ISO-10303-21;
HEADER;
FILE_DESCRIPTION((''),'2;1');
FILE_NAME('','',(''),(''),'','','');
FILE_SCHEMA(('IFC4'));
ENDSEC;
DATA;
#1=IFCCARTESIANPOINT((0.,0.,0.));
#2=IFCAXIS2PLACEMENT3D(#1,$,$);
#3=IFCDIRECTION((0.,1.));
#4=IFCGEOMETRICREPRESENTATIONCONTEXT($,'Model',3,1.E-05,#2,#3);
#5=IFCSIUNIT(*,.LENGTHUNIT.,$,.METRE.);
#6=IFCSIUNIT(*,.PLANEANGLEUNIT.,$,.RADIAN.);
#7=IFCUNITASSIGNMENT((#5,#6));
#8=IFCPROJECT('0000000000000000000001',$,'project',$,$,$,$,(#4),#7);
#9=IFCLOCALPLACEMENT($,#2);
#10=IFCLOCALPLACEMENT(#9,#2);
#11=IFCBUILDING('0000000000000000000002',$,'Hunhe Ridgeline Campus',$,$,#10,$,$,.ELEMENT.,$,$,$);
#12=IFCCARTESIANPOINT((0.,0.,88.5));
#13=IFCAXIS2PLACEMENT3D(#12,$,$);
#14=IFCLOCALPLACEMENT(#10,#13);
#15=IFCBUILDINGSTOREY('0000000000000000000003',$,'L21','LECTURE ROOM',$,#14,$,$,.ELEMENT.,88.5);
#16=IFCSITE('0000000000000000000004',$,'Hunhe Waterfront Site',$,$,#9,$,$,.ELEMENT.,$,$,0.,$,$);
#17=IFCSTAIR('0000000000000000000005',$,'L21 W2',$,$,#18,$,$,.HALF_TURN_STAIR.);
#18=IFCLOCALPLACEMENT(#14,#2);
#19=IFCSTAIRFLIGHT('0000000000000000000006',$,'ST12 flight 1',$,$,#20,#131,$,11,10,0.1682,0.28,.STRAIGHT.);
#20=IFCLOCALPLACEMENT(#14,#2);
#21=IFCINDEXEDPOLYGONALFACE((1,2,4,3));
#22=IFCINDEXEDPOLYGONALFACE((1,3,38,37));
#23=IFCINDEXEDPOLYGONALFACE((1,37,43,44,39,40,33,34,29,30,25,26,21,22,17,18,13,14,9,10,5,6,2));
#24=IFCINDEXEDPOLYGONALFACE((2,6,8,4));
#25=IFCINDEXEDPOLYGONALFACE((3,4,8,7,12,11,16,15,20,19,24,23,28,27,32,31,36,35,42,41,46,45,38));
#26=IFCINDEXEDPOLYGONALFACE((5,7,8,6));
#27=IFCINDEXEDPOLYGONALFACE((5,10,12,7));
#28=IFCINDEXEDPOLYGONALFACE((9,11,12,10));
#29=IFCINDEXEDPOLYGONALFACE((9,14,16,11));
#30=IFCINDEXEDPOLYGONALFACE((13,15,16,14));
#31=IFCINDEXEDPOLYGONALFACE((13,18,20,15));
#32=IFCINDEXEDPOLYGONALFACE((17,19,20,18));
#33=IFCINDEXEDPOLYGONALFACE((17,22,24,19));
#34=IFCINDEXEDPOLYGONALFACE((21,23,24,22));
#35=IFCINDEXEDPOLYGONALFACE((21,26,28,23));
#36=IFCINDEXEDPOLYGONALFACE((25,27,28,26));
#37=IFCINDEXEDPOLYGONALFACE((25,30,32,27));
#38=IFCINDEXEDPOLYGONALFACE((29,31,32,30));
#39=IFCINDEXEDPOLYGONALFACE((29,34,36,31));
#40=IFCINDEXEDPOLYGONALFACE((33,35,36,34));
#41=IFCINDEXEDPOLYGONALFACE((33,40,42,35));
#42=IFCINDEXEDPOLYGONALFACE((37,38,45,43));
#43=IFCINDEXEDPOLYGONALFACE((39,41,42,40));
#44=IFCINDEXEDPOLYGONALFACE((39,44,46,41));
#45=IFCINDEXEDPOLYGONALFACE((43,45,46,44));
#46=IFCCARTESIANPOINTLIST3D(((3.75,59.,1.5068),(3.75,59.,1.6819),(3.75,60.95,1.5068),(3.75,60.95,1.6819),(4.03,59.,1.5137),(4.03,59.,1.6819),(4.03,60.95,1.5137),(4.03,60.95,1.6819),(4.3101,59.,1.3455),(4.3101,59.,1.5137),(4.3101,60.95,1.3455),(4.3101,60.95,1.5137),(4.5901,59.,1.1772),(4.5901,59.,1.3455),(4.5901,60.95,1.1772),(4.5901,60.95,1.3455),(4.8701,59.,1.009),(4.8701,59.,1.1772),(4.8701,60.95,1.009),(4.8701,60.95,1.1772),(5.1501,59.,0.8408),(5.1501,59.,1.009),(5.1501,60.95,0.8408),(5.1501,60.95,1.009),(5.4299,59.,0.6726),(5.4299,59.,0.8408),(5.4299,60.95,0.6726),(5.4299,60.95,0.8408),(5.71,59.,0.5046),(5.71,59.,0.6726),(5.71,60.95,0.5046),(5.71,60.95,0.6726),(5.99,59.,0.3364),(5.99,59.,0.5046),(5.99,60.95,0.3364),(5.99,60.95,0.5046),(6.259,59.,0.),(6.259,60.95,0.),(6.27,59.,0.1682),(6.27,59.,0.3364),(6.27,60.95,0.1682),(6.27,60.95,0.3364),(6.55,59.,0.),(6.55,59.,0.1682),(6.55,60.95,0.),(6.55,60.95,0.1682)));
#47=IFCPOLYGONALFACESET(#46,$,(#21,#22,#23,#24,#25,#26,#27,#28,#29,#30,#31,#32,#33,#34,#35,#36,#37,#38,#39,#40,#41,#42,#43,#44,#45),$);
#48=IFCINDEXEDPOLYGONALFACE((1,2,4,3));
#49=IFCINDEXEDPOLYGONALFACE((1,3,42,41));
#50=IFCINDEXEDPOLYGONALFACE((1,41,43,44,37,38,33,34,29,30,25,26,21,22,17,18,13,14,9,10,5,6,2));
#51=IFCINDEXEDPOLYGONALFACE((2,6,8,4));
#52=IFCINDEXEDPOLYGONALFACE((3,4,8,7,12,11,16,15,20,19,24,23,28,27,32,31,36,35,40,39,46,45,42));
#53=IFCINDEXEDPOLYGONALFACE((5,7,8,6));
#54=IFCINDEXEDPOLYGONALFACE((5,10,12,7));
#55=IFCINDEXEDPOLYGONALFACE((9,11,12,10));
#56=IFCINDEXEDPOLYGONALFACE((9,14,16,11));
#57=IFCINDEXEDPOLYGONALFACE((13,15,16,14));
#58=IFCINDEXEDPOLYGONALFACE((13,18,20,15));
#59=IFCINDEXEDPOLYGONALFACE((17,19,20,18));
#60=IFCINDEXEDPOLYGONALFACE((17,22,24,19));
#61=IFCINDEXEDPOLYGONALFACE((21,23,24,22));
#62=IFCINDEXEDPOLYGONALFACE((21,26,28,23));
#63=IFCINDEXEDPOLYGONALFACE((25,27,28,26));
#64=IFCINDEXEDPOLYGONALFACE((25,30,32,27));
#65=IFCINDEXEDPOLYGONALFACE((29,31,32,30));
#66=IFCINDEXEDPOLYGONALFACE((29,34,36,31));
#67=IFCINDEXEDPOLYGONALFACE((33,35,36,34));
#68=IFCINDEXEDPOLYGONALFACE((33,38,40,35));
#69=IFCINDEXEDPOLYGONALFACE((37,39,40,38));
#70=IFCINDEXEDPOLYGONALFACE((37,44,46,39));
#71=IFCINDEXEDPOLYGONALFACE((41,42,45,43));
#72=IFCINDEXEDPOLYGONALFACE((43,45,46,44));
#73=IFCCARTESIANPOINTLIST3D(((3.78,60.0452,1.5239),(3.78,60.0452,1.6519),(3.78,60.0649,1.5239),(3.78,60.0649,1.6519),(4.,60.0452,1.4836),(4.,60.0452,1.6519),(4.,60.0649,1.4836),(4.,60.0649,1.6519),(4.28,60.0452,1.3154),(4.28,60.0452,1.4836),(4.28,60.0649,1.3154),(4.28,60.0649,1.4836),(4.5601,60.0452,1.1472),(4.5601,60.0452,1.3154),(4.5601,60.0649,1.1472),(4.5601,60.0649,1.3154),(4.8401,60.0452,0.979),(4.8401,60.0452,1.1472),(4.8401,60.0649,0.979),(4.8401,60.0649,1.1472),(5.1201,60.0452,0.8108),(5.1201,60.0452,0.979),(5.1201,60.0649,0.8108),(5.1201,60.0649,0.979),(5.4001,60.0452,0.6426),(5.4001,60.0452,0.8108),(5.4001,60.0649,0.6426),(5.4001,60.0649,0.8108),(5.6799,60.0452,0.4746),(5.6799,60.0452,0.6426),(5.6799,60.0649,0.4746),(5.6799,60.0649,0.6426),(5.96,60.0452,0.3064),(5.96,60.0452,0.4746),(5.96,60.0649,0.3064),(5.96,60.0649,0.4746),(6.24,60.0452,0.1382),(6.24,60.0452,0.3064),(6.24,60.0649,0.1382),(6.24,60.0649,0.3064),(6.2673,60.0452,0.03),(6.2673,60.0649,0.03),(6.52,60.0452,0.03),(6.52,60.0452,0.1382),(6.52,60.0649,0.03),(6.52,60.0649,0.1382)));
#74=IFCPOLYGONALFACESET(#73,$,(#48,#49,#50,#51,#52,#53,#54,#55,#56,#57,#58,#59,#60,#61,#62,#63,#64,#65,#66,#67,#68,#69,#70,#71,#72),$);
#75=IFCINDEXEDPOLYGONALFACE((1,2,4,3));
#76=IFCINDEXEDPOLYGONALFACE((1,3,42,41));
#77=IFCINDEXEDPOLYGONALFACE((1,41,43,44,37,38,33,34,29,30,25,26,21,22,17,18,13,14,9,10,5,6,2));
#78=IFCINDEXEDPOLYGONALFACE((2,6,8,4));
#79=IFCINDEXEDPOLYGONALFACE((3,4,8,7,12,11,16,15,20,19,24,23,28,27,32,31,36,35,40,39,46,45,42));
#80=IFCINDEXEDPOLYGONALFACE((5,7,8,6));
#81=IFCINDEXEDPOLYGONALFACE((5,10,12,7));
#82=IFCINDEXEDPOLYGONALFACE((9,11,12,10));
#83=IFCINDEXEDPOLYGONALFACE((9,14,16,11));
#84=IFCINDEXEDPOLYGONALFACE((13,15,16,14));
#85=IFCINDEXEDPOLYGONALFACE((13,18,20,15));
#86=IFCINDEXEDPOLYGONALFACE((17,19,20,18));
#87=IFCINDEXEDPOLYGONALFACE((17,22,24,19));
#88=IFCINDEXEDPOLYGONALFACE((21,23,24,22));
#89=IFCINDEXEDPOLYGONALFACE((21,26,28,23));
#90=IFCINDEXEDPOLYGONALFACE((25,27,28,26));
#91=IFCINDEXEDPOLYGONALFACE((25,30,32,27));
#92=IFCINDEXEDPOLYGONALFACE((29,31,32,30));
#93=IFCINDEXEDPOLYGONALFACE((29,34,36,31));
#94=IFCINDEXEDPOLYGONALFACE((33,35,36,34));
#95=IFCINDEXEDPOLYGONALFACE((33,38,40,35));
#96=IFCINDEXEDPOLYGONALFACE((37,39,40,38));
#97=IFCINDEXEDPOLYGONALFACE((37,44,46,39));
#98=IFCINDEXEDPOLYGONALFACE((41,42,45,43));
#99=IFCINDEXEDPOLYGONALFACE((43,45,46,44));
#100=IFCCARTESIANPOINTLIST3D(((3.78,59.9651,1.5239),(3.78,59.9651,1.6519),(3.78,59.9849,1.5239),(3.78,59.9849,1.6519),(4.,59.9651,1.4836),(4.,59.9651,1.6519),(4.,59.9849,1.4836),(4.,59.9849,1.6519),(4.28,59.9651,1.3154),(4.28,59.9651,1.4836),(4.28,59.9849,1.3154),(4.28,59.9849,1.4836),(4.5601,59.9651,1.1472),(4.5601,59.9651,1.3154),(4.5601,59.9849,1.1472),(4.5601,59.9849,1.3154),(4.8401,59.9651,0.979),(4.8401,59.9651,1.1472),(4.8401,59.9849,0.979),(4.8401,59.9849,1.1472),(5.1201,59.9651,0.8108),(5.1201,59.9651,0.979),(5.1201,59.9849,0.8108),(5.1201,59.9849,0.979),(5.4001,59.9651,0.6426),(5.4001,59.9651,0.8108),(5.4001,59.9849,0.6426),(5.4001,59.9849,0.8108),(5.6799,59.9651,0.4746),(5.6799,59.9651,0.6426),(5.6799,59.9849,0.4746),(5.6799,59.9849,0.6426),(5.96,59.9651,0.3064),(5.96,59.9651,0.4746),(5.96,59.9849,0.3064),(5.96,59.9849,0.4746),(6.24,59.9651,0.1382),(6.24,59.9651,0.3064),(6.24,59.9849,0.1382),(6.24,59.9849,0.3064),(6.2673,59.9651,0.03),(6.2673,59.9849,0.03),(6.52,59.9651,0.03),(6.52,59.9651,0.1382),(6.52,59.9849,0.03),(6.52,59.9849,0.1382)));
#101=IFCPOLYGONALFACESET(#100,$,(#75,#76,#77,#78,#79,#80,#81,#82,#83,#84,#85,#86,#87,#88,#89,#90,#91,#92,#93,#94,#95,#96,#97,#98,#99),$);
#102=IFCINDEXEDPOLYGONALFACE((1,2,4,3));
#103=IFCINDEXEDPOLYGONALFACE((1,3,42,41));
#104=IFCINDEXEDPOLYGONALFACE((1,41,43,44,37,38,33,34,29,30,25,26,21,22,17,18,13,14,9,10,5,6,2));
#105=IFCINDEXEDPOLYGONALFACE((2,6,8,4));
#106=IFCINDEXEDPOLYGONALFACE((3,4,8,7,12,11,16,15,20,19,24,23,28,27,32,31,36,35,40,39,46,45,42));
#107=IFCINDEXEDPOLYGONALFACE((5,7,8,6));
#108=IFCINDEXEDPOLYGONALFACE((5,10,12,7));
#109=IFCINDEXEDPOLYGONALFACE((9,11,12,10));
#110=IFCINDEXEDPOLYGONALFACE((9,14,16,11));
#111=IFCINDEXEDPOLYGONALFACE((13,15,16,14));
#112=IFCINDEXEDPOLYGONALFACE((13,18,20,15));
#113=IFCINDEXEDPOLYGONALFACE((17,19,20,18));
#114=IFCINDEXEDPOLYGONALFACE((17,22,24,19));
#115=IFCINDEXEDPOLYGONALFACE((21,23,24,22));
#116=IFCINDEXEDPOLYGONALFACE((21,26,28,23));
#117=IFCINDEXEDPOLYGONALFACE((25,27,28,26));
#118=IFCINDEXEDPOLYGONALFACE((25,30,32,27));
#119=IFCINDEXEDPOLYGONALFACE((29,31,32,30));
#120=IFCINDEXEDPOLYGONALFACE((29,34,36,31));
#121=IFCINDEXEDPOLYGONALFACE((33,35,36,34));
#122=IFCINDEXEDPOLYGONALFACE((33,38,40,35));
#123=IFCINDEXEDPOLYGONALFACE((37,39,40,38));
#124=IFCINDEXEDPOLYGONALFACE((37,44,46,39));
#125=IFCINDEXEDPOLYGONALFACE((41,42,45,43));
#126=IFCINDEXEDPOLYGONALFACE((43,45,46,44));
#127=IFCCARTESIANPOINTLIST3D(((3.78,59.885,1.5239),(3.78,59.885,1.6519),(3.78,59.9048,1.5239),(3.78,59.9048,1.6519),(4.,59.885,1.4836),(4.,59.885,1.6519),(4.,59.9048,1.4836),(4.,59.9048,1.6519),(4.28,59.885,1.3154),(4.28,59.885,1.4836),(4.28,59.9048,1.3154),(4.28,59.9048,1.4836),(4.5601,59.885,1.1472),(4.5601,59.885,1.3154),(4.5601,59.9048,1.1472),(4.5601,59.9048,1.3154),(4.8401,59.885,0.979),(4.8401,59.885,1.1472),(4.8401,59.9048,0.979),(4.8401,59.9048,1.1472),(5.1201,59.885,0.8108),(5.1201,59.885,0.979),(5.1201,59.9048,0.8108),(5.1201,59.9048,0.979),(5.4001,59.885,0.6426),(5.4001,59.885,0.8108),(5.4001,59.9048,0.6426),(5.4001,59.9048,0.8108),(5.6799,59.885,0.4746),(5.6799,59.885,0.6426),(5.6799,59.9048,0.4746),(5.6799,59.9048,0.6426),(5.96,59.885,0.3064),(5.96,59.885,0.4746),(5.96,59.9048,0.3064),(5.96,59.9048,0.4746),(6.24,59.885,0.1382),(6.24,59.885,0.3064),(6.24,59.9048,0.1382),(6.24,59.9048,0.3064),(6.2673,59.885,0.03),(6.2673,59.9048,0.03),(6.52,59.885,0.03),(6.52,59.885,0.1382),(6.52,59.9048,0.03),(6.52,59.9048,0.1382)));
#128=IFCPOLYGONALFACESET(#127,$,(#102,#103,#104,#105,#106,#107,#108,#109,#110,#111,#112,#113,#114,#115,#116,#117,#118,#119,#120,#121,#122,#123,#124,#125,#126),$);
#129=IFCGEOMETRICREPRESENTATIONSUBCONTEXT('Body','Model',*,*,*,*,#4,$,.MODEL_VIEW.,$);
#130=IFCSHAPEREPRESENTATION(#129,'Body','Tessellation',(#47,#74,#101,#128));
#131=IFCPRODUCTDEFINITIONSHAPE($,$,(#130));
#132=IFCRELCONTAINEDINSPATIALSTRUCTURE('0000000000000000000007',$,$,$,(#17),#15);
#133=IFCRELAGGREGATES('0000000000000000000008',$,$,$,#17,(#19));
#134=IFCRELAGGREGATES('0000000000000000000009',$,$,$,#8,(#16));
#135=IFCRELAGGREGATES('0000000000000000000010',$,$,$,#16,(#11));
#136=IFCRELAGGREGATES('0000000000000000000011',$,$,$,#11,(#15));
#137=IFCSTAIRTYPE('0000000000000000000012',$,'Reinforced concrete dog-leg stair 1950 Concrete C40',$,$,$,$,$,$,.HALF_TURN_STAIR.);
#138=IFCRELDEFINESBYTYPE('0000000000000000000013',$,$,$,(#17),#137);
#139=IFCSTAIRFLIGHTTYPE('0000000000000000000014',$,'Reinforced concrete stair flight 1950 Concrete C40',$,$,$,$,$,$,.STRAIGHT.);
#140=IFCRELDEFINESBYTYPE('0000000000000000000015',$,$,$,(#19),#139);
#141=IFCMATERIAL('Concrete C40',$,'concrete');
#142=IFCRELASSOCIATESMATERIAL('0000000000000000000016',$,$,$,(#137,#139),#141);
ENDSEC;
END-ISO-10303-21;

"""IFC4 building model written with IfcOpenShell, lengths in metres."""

from ifc_helpers import new_model, si_unit, direction, frame, origin, place, context, subcontext, project, spatial, polyline, outline, extrude, material, type_object, element, aggregate, save


model = new_model("IFC4")

# Units and contexts
model_context = context("Model", 3, precision=1e-05, world=origin(), true_north=direction((0.0, 1.0)))
body_context = subcontext(model_context, "Body", "Model", "MODEL_VIEW")
ifc_project = project(units=[si_unit("LENGTHUNIT", "METRE"), si_unit("PLANEANGLEUNIT", "RADIAN")], contexts=[model_context])

# Site, building, storey
site_placement = place(None, origin())
site = spatial("IfcSite", under=ifc_project, at=site_placement, Name="Hunhe Waterfront Site", CompositionType="ELEMENT", RefElevation=0.0)
building_placement = place(site_placement, origin())
building = spatial("IfcBuilding", under=site, at=building_placement, Name="Hunhe Ridgeline Campus", CompositionType="ELEMENT")
storey_placement = place(building_placement, frame((0.0, 0.0, 88.5)))
storey = spatial("IfcBuildingStorey", under=building, at=storey_placement, Name="L21", Description="LECTURE ROOM", CompositionType="ELEMENT", Elevation=88.5)

# Stair, stair flight
ifc_material_1 = material(Name="Concrete C40", Category="concrete")
stair_type = type_object("IfcStairType", Name="Reinforced concrete dog-leg stair 1950 Concrete C40", PredefinedType="HALF_TURN_STAIR", material=ifc_material_1)
stair_flight_type = type_object("IfcStairFlightType", Name="Reinforced concrete stair flight 1950 Concrete C40", PredefinedType="STRAIGHT", material=ifc_material_1)
stair_1_placement = place(storey_placement, origin())
stair_1 = element("IfcStair", 1, at=stair_1_placement, inside=storey, type_object=stair_type, Name="L21 W2", PredefinedType="HALF_TURN_STAIR")
stair_flight_1_placement = place(storey_placement, frame((6.55, 59.9751, 0.0), z_axis=(0.0, 0.0, 1.0), x_axis=(-1.0, 0.0, 0.0)))
stair_flight_1 = element("IfcStairFlight", 2, at=stair_flight_1_placement, type_object=stair_flight_type, Name="ST12 flight 1", NumberOfRisers=11, NumberOfTreads=10, PredefinedType="STRAIGHT", RiserHeight=0.1682, TreadLength=0.28, context=body_context, shape_type="SweptSolid", body=[
    extrude(outline(polyline([(0.0, 0.0), (0.0, 0.1682), (0.28, 0.1682), (0.28, 0.3364), (0.5601, 0.3364), (0.5601, 0.5046), (0.8401, 0.5046), (0.8401, 0.6726), (1.1201, 0.6726), (1.1201, 0.8408), (1.3999, 0.8408), (1.3999, 1.009), (1.6799, 1.009), (1.6799, 1.1772), (1.96, 1.1772), (1.96, 1.3455), (2.24, 1.3455), (2.24, 1.5137), (2.52, 1.5137), (2.52, 1.6819), (2.8, 1.6819), (2.8, 1.8501), (2.8, 1.5068), (0.291, 0.0), (0.0, 0.0)])), frame((0.0, 0.9751, 0.0), z_axis=(0.0, -1.0, 0.0), x_axis=(1.0, 0.0, 0.0)), (0.0, 0.0, 1.0), 1.95),
    extrude(outline(polyline([(0.03, 0.03), (0.03, 0.1382), (0.3101, 0.1382), (0.3101, 0.3064), (0.5901, 0.3064), (0.5901, 0.4746), (0.8701, 0.4746), (0.8701, 0.6426), (1.1499, 0.6426), (1.1499, 0.8108), (1.4299, 0.8108), (1.4299, 0.979), (1.71, 0.979), (1.71, 1.1472), (1.99, 1.1472), (1.99, 1.3154), (2.27, 1.3154), (2.27, 1.4836), (2.55, 1.4836), (2.55, 1.6519), (2.77, 1.6519), (2.77, 1.5239), (0.2827, 0.03), (0.03, 0.03)])), frame((0.0, -0.0701, 0.0), z_axis=(0.0, -1.0, 0.0), x_axis=(1.0, 0.0, 0.0)), (0.0, 0.0, 1.0), 0.0198),
    extrude(outline(polyline([(0.03, 0.03), (0.03, 0.1382), (0.3101, 0.1382), (0.3101, 0.3064), (0.5901, 0.3064), (0.5901, 0.4746), (0.8701, 0.4746), (0.8701, 0.6426), (1.1499, 0.6426), (1.1499, 0.8108), (1.4299, 0.8108), (1.4299, 0.979), (1.71, 0.979), (1.71, 1.1472), (1.99, 1.1472), (1.99, 1.3154), (2.27, 1.3154), (2.27, 1.4836), (2.55, 1.4836), (2.55, 1.6519), (2.77, 1.6519), (2.77, 1.5239), (0.2827, 0.03), (0.03, 0.03)])), frame((0.0, 0.01, 0.0), z_axis=(0.0, -1.0, 0.0), x_axis=(1.0, 0.0, 0.0)), (0.0, 0.0, 1.0), 0.0198),
    extrude(outline(polyline([(0.03, 0.03), (0.03, 0.1382), (0.3101, 0.1382), (0.3101, 0.3064), (0.5901, 0.3064), (0.5901, 0.4746), (0.8701, 0.4746), (0.8701, 0.6426), (1.1499, 0.6426), (1.1499, 0.8108), (1.4299, 0.8108), (1.4299, 0.979), (1.71, 0.979), (1.71, 1.1472), (1.99, 1.1472), (1.99, 1.3154), (2.27, 1.3154), (2.27, 1.4836), (2.55, 1.4836), (2.55, 1.6519), (2.77, 1.6519), (2.77, 1.5239), (0.2827, 0.03), (0.03, 0.03)])), frame((0.0, 0.0901, 0.0), z_axis=(0.0, -1.0, 0.0), x_axis=(1.0, 0.0, 0.0)), (0.0, 0.0, 1.0), 0.0198),
])
aggregate(stair_1, [stair_flight_1])

save(model, "model.ifc")
